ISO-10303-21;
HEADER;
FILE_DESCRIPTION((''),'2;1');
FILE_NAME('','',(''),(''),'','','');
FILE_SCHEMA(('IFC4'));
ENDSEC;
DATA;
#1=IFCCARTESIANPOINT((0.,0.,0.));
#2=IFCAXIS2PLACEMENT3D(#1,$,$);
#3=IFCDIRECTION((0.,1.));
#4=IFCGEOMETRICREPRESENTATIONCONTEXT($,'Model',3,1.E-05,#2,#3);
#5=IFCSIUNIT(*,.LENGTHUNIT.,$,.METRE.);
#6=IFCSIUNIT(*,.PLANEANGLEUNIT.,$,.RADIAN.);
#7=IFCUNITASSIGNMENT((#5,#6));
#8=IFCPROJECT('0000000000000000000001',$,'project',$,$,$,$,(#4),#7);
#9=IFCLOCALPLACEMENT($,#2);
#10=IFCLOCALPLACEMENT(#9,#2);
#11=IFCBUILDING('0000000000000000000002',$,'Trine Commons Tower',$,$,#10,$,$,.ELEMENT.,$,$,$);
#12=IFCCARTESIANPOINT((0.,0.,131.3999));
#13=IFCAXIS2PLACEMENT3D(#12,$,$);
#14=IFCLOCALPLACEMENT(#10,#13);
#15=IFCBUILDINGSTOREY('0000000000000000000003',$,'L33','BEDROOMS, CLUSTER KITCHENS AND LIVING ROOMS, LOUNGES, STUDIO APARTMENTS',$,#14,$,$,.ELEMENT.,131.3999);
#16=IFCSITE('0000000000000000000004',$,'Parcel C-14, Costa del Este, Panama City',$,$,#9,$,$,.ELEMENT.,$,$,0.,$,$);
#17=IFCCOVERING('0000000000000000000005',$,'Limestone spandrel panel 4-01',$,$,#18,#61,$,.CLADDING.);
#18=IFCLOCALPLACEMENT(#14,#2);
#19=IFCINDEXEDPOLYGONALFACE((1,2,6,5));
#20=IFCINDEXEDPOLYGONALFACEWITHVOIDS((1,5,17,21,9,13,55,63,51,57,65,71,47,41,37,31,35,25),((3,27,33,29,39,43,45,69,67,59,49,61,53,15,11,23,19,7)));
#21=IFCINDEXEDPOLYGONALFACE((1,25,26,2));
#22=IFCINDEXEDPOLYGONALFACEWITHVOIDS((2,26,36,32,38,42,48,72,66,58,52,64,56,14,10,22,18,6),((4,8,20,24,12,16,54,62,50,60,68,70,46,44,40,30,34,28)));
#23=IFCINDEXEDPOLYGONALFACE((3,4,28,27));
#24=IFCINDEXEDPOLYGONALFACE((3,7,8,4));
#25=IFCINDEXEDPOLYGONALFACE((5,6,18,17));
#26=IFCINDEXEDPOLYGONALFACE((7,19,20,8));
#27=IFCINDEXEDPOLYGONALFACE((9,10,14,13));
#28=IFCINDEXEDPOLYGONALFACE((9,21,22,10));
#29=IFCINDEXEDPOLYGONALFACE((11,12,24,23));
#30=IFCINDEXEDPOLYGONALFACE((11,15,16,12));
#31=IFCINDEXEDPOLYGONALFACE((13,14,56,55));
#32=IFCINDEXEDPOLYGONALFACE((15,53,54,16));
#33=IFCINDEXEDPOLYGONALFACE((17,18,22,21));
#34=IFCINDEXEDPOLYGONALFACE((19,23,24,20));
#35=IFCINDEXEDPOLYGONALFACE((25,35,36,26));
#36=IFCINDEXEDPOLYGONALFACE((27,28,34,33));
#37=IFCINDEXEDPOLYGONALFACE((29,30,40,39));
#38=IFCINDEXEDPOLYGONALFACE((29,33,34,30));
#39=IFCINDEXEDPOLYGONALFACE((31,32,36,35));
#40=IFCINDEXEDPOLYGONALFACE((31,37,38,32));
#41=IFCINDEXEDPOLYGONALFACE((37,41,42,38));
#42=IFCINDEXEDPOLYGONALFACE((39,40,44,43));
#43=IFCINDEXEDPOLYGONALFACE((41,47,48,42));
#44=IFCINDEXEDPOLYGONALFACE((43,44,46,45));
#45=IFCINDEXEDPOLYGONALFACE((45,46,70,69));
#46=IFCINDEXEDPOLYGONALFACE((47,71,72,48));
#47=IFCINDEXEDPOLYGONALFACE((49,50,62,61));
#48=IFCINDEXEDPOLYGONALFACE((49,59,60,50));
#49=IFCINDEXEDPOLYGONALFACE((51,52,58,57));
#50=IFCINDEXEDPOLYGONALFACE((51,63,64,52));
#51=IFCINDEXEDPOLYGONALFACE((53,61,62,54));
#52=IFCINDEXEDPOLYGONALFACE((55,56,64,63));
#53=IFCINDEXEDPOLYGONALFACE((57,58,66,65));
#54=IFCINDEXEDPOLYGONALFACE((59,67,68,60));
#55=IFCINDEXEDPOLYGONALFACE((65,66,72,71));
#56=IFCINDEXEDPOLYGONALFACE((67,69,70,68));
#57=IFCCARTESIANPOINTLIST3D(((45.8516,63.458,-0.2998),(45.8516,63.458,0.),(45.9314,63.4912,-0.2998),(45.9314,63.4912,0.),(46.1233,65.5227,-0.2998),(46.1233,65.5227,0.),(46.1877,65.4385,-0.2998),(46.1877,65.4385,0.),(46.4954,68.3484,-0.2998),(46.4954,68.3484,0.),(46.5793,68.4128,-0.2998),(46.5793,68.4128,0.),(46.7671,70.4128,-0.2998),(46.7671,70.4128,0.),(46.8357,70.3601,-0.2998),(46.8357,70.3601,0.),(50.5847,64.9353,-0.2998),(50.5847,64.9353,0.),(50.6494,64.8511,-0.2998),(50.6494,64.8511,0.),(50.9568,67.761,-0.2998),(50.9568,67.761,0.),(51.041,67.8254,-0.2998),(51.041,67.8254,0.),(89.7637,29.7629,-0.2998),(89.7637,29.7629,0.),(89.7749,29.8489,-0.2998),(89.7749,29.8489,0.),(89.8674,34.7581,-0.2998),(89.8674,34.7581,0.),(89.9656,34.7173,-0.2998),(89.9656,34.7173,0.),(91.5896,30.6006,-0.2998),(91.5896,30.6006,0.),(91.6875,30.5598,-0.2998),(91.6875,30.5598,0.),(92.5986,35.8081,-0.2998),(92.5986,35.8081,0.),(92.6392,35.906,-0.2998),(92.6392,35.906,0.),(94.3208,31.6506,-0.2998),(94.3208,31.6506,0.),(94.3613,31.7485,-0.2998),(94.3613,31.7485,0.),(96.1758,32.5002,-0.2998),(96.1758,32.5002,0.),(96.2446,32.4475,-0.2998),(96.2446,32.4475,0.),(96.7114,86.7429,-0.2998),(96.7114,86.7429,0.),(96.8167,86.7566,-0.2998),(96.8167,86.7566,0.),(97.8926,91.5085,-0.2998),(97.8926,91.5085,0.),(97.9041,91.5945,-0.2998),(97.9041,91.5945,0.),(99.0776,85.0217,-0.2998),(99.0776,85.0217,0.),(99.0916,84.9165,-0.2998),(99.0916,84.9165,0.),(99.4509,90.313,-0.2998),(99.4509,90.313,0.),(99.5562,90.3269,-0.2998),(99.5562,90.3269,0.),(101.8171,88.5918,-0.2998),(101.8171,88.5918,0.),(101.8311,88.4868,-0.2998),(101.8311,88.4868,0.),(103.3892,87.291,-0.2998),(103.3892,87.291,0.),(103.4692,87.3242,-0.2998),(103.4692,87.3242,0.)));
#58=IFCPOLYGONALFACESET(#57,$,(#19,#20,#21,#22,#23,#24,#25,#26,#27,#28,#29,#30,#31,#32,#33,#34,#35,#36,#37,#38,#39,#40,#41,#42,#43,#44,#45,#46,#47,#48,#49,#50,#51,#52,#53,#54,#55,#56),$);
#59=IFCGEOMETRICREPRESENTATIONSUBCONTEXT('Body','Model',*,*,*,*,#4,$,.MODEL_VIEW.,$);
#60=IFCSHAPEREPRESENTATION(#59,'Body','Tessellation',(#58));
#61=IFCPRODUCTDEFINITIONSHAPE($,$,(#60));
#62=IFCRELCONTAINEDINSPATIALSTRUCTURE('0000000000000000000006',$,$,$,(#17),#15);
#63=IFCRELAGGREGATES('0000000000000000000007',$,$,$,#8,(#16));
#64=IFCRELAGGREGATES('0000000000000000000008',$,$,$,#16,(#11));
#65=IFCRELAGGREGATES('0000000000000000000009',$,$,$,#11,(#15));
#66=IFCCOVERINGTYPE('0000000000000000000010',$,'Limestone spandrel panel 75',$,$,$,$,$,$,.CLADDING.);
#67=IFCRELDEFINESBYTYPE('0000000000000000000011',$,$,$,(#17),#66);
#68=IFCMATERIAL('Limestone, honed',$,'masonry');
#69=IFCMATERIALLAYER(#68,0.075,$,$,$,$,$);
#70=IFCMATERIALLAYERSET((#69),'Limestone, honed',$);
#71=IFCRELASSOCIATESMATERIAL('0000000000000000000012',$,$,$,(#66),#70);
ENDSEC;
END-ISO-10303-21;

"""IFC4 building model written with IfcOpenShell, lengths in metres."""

from ifc_helpers import new_model, si_unit, direction, frame, origin, place, context, subcontext, project, spatial, polyline, outline, extrude, material, layer, layer_set, type_object, element, save


model = new_model("IFC4")

# Units and contexts
model_context = context("Model", 3, precision=1e-05, world=origin(), true_north=direction((0.0, 1.0)))
body_context = subcontext(model_context, "Body", "Model", "MODEL_VIEW")
ifc_project = project(units=[si_unit("LENGTHUNIT", "METRE"), si_unit("PLANEANGLEUNIT", "RADIAN")], contexts=[model_context])

# Site, building, storey
site_placement = place(None, origin())
site = spatial("IfcSite", under=ifc_project, at=site_placement, Name="Parcel C-14, Costa del Este, Panama City", CompositionType="ELEMENT", RefElevation=0.0)
building_placement = place(site_placement, origin())
building = spatial("IfcBuilding", under=site, at=building_placement, Name="Trine Commons Tower", CompositionType="ELEMENT")
storey_placement = place(building_placement, frame((0.0, 0.0, 131.3999)))
storey = spatial("IfcBuildingStorey", under=building, at=storey_placement, Name="L33", Description="BEDROOMS, CLUSTER KITCHENS AND LIVING ROOMS, LOUNGES, STUDIO APARTMENTS", CompositionType="ELEMENT", Elevation=131.3999)

# Covering
ifc_material_1 = material(Name="Limestone, honed", Category="masonry")
ifc_layer_1 = layer(ifc_material_1, 0.075)
ifc_layer_set_1 = layer_set([ifc_layer_1], Name="Limestone, honed")
covering_type_1 = type_object("IfcCoveringType", Name="Limestone spandrel panel 75", PredefinedType="CLADDING", material=ifc_layer_set_1)
covering_1_placement = place(storey_placement, frame((0.0, 0.0, -0.2998)))
element("IfcCovering", 1, at=covering_1_placement, inside=storey, type_object=covering_type_1, Name="Limestone spandrel panel 4-01", PredefinedType="CLADDING", context=body_context, shape_type="SweptSolid", body=[
    extrude(outline(polyline([(92.5986, 35.8081), (94.3208, 31.6506), (96.2446, 32.4475), (103.4692, 87.3242), (101.8171, 88.5918), (99.0776, 85.0217), (96.8167, 86.7566), (99.5562, 90.3269), (97.9041, 91.5945), (46.7671, 70.4128), (46.4954, 68.3484), (50.9568, 67.761), (50.5847, 64.9353), (46.1233, 65.5227), (45.8516, 63.458), (89.7637, 29.7629), (91.6875, 30.5598), (89.9656, 34.7173), (92.5986, 35.8081)]), holes=[polyline([(101.8311, 88.4868), (103.3892, 87.291), (96.1758, 32.5002), (94.3613, 31.7485), (92.6392, 35.906), (89.8674, 34.7581), (91.5896, 30.6006), (89.7749, 29.8489), (45.9314, 63.4912), (46.1877, 65.4385), (50.6494, 64.8511), (51.041, 67.8254), (46.5793, 68.4128), (46.8357, 70.3601), (97.8926, 91.5085), (99.4509, 90.313), (96.7114, 86.7429), (99.0916, 84.9165), (101.8311, 88.4868)])]), origin(), (0.0, 0.0, 1.0), 0.2998),
])

save(model, "model.ifc")
